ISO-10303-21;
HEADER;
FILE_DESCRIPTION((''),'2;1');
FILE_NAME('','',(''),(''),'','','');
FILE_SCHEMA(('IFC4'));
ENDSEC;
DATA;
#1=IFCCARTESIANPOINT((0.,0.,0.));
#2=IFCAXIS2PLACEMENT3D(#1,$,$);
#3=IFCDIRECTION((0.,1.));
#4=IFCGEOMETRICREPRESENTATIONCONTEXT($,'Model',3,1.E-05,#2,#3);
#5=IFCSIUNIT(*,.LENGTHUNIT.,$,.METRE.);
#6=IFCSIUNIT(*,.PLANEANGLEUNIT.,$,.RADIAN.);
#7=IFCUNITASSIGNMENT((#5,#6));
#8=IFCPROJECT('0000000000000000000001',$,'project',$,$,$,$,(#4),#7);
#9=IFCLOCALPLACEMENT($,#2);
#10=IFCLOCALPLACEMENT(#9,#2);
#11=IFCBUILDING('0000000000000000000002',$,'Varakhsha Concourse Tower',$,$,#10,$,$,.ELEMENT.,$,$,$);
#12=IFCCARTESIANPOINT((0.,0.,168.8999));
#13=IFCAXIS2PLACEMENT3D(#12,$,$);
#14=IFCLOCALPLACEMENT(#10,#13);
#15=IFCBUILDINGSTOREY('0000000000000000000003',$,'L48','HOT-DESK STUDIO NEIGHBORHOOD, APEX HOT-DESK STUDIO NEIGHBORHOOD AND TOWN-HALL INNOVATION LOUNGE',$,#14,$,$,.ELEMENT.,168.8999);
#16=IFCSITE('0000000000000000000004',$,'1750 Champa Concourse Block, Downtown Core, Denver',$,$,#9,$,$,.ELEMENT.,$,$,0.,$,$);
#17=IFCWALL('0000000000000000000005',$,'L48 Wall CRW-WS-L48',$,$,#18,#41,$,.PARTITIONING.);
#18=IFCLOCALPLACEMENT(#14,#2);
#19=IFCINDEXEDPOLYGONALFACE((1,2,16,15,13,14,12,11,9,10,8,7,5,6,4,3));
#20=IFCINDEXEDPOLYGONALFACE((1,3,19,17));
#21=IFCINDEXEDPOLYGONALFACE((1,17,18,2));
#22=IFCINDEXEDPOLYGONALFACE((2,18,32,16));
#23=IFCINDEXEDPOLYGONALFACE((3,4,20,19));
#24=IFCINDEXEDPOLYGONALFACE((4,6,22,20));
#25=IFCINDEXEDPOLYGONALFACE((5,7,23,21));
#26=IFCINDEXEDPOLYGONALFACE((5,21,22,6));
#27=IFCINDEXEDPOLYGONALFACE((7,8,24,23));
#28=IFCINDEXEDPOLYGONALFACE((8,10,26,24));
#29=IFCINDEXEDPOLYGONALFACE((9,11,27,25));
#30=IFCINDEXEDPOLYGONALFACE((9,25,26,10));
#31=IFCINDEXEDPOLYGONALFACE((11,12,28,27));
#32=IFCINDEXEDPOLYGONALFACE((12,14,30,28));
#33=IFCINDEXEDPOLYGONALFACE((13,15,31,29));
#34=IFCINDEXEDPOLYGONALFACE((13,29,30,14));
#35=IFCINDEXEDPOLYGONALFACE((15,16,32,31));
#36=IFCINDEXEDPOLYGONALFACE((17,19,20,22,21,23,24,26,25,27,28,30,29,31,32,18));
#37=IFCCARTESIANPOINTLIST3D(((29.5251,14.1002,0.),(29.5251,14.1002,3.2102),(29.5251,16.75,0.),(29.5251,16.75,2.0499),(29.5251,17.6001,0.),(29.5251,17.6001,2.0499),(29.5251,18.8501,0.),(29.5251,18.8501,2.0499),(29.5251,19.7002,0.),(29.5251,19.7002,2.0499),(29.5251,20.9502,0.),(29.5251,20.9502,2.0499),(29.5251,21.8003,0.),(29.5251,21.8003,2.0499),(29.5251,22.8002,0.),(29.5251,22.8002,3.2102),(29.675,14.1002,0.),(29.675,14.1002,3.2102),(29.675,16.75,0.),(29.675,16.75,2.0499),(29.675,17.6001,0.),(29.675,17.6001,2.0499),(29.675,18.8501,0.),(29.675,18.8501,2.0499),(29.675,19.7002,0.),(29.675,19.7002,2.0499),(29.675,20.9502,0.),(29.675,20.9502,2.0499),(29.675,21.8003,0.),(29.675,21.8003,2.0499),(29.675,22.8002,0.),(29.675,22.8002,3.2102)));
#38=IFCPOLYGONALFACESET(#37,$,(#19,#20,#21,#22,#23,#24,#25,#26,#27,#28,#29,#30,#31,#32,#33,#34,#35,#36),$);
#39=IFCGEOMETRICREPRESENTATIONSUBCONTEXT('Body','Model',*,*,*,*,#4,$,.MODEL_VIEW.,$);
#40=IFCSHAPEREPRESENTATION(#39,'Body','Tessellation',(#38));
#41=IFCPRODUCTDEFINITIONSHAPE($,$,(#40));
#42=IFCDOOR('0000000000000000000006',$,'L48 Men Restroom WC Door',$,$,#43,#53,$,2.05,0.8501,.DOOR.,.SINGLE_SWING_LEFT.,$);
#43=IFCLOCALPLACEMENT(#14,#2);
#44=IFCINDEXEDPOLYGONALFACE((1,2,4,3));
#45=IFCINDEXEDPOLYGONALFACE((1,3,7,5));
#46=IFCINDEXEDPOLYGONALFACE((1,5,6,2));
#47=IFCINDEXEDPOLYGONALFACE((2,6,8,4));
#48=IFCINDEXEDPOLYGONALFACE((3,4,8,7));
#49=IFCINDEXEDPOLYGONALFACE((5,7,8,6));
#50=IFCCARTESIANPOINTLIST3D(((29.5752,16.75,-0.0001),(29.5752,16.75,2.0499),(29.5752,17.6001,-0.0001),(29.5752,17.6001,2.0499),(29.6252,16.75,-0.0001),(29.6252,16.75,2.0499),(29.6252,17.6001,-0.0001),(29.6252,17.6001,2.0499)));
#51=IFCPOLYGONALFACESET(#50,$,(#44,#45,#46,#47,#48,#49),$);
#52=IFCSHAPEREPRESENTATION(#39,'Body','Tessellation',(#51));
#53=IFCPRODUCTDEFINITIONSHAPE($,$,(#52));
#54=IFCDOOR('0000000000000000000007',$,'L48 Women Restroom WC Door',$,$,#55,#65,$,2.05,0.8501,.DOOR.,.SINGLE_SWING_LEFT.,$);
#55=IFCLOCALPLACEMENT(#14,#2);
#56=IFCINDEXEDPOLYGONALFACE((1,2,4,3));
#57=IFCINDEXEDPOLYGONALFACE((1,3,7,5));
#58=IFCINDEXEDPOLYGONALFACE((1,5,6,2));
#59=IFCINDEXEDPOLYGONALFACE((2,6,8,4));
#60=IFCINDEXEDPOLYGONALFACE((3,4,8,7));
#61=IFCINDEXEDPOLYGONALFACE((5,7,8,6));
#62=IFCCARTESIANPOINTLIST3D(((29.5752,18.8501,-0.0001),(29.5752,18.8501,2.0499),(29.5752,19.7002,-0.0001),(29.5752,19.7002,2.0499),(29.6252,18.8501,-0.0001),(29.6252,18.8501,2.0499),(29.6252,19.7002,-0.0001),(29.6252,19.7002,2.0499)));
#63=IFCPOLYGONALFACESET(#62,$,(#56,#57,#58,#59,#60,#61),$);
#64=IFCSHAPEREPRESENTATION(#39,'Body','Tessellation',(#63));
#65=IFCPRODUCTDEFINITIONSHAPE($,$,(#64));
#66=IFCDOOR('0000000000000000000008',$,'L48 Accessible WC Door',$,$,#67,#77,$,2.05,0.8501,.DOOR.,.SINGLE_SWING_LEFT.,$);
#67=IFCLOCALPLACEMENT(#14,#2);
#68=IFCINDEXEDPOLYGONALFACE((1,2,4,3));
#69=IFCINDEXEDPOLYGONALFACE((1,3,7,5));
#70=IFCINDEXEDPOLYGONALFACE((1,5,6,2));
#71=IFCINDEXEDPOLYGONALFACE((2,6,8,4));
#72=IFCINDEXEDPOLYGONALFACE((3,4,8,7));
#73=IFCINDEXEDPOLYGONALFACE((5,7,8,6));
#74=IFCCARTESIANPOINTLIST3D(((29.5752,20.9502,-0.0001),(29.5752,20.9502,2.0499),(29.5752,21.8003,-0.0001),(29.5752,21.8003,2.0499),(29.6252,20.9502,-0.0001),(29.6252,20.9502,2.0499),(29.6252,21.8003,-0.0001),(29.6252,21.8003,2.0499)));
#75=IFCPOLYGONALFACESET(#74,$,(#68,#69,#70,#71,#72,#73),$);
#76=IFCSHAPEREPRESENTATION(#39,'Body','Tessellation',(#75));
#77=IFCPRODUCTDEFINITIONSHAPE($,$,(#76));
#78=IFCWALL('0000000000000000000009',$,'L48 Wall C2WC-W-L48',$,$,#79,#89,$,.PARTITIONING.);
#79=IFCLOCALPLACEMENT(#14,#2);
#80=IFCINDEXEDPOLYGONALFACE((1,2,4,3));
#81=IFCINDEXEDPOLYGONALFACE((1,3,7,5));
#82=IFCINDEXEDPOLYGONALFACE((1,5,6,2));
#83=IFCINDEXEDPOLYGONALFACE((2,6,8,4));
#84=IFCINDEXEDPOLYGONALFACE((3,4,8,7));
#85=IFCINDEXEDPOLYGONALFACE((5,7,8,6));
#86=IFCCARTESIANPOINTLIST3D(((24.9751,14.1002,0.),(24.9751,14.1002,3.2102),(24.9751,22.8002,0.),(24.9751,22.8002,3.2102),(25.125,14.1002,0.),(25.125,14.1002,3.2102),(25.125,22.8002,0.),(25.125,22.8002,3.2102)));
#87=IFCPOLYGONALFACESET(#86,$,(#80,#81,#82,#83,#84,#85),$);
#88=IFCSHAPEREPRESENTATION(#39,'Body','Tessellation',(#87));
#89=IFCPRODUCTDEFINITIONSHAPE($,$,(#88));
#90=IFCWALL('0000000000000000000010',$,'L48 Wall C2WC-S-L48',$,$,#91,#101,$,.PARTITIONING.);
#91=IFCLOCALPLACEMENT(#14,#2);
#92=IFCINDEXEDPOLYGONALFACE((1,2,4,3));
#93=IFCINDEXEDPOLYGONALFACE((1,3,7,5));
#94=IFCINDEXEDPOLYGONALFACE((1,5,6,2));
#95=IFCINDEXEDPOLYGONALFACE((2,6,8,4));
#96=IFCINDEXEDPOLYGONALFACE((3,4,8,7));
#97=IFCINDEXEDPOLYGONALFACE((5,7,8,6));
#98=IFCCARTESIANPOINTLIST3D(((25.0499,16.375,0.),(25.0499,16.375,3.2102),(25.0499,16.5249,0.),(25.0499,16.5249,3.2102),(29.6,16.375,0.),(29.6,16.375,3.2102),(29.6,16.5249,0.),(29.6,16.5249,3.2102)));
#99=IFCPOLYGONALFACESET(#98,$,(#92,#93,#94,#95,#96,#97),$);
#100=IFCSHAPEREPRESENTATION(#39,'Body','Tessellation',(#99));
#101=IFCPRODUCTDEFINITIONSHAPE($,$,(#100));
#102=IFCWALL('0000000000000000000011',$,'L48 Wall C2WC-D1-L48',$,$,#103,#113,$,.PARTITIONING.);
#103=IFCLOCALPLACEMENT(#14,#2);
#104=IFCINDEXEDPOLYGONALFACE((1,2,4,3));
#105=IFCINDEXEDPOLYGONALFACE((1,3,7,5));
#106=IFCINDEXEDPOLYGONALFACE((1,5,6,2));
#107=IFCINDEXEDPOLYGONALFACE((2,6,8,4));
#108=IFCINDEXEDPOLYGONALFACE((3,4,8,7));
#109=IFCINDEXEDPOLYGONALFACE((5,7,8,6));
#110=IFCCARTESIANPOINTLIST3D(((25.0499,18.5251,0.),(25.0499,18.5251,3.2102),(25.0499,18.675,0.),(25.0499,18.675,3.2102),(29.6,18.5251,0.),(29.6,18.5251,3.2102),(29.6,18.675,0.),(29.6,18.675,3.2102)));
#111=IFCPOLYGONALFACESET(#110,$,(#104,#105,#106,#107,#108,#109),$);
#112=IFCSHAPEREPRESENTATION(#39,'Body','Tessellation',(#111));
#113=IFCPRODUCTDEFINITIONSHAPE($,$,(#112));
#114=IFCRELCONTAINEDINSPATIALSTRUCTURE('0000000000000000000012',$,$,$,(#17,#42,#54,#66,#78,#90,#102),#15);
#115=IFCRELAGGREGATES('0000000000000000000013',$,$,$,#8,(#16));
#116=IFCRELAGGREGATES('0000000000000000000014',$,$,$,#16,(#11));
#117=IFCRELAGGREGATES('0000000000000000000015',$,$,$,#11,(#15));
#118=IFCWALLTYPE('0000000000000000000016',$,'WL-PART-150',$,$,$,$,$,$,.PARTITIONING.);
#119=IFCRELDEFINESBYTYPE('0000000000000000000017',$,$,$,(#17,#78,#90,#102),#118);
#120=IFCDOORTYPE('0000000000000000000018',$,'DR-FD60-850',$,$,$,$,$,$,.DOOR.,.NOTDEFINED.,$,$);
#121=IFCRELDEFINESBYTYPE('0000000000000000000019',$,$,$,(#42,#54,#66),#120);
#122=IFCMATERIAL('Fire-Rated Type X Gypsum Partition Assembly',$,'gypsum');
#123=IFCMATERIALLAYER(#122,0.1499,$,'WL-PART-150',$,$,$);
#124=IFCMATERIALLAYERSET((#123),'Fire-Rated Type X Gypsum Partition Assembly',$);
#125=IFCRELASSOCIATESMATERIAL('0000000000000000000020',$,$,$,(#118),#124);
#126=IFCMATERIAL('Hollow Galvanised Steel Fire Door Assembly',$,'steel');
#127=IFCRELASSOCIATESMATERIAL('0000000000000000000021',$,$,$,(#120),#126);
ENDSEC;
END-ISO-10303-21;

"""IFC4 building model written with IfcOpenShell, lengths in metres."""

from ifc_helpers import new_model, si_unit, direction, frame, frame_2d, origin, place, context, subcontext, project, spatial, rectangle, extrude, material, layer, layer_set, type_object, element, fill, save


model = new_model("IFC4")

# Units and contexts
model_context = context("Model", 3, precision=1e-05, world=origin(), true_north=direction((0.0, 1.0)))
body_context = subcontext(model_context, "Body", "Model", "MODEL_VIEW")
ifc_project = project(units=[si_unit("LENGTHUNIT", "METRE"), si_unit("PLANEANGLEUNIT", "RADIAN")], contexts=[model_context])

# Site, building, storey
site_placement = place(None, origin())
site = spatial("IfcSite", under=ifc_project, at=site_placement, Name="1750 Champa Concourse Block, Downtown Core, Denver", CompositionType="ELEMENT", RefElevation=0.0)
building_placement = place(site_placement, origin())
building = spatial("IfcBuilding", under=site, at=building_placement, Name="Varakhsha Concourse Tower", CompositionType="ELEMENT")
storey_placement = place(building_placement, frame((0.0, 0.0, 168.8999)))
storey = spatial("IfcBuildingStorey", under=building, at=storey_placement, Name="L48", Description="HOT-DESK STUDIO NEIGHBORHOOD, APEX HOT-DESK STUDIO NEIGHBORHOOD AND TOWN-HALL INNOVATION LOUNGE", CompositionType="ELEMENT", Elevation=168.8999)

# Wall, openings, doors
ifc_material_1 = material(Name="Fire-Rated Type X Gypsum Partition Assembly", Category="gypsum")
ifc_layer = layer(ifc_material_1, 0.1499, Name="WL-PART-150")
ifc_layer_set = layer_set([ifc_layer], Name="Fire-Rated Type X Gypsum Partition Assembly")
wall_type = type_object("IfcWallType", Name="WL-PART-150", PredefinedType="PARTITIONING", material=ifc_layer_set)
ifc_material_2 = material(Name="Hollow Galvanised Steel Fire Door Assembly", Category="steel")
wall_1_placement = place(storey_placement, frame((29.6001, 14.1001, 0.0), z_axis=(0.0, 0.0, 1.0), x_axis=(0.0, 1.0, 0.0)))
wall_1 = element("IfcWall", 1, at=wall_1_placement, inside=storey, type_object=wall_type, Name="L48 Wall CRW-WS-L48", PredefinedType="PARTITIONING", context=body_context, shape_type="SweptSolid", body=[
    extrude(rectangle(XDim=8.7, YDim=0.1499, at=frame_2d((4.3501, 0.0))), origin(), (0.0, 0.0, 1.0), 3.2102),
])
opening_1_placement = place(wall_1_placement, frame((2.6499, 0.0, 0.0)))
opening_1 = element("IfcOpeningElement", 2, at=opening_1_placement, cuts=wall_1, PredefinedType="OPENING", context=body_context, shape_type="SweptSolid", body=[
    extrude(rectangle(XDim=0.8501, YDim=2.05, at=frame_2d((0.425, 1.0249))), frame((0.0, 0.085, 0.0), z_axis=(0.0, -1.0, 0.0), x_axis=(1.0, 0.0, 0.0)), (0.0, 0.0, 1.0), 0.1699),
])
opening_2_placement = place(wall_1_placement, frame((4.75, 0.0, 0.0)))
opening_2 = element("IfcOpeningElement", 3, at=opening_2_placement, cuts=wall_1, PredefinedType="OPENING", context=body_context, shape_type="SweptSolid", body=[
    extrude(rectangle(XDim=0.8501, YDim=2.05, at=frame_2d((0.425, 1.0249))), frame((0.0, 0.085, 0.0), z_axis=(0.0, -1.0, 0.0), x_axis=(1.0, 0.0, 0.0)), (0.0, 0.0, 1.0), 0.1699),
])
opening_3_placement = place(wall_1_placement, frame((6.8501, 0.0, 0.0)))
opening_3 = element("IfcOpeningElement", 4, at=opening_3_placement, cuts=wall_1, PredefinedType="OPENING", context=body_context, shape_type="SweptSolid", body=[
    extrude(rectangle(XDim=0.8501, YDim=2.05, at=frame_2d((0.425, 1.0249))), frame((0.0, 0.085, 0.0), z_axis=(0.0, -1.0, 0.0), x_axis=(1.0, 0.0, 0.0)), (0.0, 0.0, 1.0), 0.1699),
])
door_type_1 = type_object("IfcDoorType", Name="DR-FD60-850", OperationType="NOTDEFINED", PredefinedType="DOOR", material=ifc_material_2)
door_1_placement = place(opening_1_placement, origin())
door_1 = element("IfcDoor", 5, at=door_1_placement, inside=storey, type_object=door_type_1, Name="L48 Men Restroom WC Door", OperationType="SINGLE_SWING_LEFT", OverallHeight=2.05, OverallWidth=0.8501, PredefinedType="DOOR", context=body_context, shape_type="SweptSolid", body=[
    extrude(rectangle(XDim=0.8501, YDim=2.05, at=frame_2d((0.425, 1.0249))), frame((0.0, 0.0249, 0.0), z_axis=(0.0, -1.0, 0.0), x_axis=(1.0, 0.0, 0.0)), (0.0, 0.0, 1.0), 0.05),
])
fill(opening_1, door_1)
door_2_placement = place(opening_2_placement, origin())
door_2 = element("IfcDoor", 6, at=door_2_placement, inside=storey, type_object=door_type_1, Name="L48 Women Restroom WC Door", OperationType="SINGLE_SWING_LEFT", OverallHeight=2.05, OverallWidth=0.8501, PredefinedType="DOOR", context=body_context, shape_type="SweptSolid", body=[
    extrude(rectangle(XDim=0.8501, YDim=2.05, at=frame_2d((0.425, 1.0249))), frame((0.0, 0.0249, 0.0), z_axis=(0.0, -1.0, 0.0), x_axis=(1.0, 0.0, 0.0)), (0.0, 0.0, 1.0), 0.05),
])
fill(opening_2, door_2)
door_3_placement = place(opening_3_placement, origin())
door_3 = element("IfcDoor", 7, at=door_3_placement, inside=storey, type_object=door_type_1, Name="L48 Accessible WC Door", OperationType="SINGLE_SWING_LEFT", OverallHeight=2.05, OverallWidth=0.8501, PredefinedType="DOOR", context=body_context, shape_type="SweptSolid", body=[
    extrude(rectangle(XDim=0.8501, YDim=2.05, at=frame_2d((0.425, 1.0249))), frame((0.0, 0.0249, 0.0), z_axis=(0.0, -1.0, 0.0), x_axis=(1.0, 0.0, 0.0)), (0.0, 0.0, 1.0), 0.05),
])
fill(opening_3, door_3)

# Walls
wall_2_placement = place(storey_placement, frame((25.05, 14.1001, 0.0), z_axis=(0.0, 0.0, 1.0), x_axis=(0.0, 1.0, 0.0)))
element("IfcWall", 8, at=wall_2_placement, inside=storey, type_object=wall_type, Name="L48 Wall C2WC-W-L48", PredefinedType="PARTITIONING", context=body_context, shape_type="SweptSolid", body=[
    extrude(rectangle(XDim=8.7, YDim=0.1499, at=frame_2d((4.3501, 0.0))), origin(), (0.0, 0.0, 1.0), 3.2102),
])
for number, where, z_axis, x_axis, name in (
    (9, (25.05, 16.45, 0.0), (0.0, 0.0, 1.0), (1.0, 0.0, 0.0), "L48 Wall C2WC-S-L48"),
    (10, (25.05, 18.6001, 0.0), (0.0, 0.0, 1.0), (1.0, 0.0, 0.0), "L48 Wall C2WC-D1-L48"),
):
    element("IfcWall", number, at=place(storey_placement, frame(where, z_axis=z_axis, x_axis=x_axis)), inside=storey, type_object=wall_type, Name=name, PredefinedType="PARTITIONING", context=body_context, shape_type="SweptSolid", body=[
        extrude(rectangle(XDim=4.55, YDim=0.1499, at=frame_2d((2.2749, 0.0))), origin(), (0.0, 0.0, 1.0), 3.2102),
    ])

save(model, "model.ifc")
